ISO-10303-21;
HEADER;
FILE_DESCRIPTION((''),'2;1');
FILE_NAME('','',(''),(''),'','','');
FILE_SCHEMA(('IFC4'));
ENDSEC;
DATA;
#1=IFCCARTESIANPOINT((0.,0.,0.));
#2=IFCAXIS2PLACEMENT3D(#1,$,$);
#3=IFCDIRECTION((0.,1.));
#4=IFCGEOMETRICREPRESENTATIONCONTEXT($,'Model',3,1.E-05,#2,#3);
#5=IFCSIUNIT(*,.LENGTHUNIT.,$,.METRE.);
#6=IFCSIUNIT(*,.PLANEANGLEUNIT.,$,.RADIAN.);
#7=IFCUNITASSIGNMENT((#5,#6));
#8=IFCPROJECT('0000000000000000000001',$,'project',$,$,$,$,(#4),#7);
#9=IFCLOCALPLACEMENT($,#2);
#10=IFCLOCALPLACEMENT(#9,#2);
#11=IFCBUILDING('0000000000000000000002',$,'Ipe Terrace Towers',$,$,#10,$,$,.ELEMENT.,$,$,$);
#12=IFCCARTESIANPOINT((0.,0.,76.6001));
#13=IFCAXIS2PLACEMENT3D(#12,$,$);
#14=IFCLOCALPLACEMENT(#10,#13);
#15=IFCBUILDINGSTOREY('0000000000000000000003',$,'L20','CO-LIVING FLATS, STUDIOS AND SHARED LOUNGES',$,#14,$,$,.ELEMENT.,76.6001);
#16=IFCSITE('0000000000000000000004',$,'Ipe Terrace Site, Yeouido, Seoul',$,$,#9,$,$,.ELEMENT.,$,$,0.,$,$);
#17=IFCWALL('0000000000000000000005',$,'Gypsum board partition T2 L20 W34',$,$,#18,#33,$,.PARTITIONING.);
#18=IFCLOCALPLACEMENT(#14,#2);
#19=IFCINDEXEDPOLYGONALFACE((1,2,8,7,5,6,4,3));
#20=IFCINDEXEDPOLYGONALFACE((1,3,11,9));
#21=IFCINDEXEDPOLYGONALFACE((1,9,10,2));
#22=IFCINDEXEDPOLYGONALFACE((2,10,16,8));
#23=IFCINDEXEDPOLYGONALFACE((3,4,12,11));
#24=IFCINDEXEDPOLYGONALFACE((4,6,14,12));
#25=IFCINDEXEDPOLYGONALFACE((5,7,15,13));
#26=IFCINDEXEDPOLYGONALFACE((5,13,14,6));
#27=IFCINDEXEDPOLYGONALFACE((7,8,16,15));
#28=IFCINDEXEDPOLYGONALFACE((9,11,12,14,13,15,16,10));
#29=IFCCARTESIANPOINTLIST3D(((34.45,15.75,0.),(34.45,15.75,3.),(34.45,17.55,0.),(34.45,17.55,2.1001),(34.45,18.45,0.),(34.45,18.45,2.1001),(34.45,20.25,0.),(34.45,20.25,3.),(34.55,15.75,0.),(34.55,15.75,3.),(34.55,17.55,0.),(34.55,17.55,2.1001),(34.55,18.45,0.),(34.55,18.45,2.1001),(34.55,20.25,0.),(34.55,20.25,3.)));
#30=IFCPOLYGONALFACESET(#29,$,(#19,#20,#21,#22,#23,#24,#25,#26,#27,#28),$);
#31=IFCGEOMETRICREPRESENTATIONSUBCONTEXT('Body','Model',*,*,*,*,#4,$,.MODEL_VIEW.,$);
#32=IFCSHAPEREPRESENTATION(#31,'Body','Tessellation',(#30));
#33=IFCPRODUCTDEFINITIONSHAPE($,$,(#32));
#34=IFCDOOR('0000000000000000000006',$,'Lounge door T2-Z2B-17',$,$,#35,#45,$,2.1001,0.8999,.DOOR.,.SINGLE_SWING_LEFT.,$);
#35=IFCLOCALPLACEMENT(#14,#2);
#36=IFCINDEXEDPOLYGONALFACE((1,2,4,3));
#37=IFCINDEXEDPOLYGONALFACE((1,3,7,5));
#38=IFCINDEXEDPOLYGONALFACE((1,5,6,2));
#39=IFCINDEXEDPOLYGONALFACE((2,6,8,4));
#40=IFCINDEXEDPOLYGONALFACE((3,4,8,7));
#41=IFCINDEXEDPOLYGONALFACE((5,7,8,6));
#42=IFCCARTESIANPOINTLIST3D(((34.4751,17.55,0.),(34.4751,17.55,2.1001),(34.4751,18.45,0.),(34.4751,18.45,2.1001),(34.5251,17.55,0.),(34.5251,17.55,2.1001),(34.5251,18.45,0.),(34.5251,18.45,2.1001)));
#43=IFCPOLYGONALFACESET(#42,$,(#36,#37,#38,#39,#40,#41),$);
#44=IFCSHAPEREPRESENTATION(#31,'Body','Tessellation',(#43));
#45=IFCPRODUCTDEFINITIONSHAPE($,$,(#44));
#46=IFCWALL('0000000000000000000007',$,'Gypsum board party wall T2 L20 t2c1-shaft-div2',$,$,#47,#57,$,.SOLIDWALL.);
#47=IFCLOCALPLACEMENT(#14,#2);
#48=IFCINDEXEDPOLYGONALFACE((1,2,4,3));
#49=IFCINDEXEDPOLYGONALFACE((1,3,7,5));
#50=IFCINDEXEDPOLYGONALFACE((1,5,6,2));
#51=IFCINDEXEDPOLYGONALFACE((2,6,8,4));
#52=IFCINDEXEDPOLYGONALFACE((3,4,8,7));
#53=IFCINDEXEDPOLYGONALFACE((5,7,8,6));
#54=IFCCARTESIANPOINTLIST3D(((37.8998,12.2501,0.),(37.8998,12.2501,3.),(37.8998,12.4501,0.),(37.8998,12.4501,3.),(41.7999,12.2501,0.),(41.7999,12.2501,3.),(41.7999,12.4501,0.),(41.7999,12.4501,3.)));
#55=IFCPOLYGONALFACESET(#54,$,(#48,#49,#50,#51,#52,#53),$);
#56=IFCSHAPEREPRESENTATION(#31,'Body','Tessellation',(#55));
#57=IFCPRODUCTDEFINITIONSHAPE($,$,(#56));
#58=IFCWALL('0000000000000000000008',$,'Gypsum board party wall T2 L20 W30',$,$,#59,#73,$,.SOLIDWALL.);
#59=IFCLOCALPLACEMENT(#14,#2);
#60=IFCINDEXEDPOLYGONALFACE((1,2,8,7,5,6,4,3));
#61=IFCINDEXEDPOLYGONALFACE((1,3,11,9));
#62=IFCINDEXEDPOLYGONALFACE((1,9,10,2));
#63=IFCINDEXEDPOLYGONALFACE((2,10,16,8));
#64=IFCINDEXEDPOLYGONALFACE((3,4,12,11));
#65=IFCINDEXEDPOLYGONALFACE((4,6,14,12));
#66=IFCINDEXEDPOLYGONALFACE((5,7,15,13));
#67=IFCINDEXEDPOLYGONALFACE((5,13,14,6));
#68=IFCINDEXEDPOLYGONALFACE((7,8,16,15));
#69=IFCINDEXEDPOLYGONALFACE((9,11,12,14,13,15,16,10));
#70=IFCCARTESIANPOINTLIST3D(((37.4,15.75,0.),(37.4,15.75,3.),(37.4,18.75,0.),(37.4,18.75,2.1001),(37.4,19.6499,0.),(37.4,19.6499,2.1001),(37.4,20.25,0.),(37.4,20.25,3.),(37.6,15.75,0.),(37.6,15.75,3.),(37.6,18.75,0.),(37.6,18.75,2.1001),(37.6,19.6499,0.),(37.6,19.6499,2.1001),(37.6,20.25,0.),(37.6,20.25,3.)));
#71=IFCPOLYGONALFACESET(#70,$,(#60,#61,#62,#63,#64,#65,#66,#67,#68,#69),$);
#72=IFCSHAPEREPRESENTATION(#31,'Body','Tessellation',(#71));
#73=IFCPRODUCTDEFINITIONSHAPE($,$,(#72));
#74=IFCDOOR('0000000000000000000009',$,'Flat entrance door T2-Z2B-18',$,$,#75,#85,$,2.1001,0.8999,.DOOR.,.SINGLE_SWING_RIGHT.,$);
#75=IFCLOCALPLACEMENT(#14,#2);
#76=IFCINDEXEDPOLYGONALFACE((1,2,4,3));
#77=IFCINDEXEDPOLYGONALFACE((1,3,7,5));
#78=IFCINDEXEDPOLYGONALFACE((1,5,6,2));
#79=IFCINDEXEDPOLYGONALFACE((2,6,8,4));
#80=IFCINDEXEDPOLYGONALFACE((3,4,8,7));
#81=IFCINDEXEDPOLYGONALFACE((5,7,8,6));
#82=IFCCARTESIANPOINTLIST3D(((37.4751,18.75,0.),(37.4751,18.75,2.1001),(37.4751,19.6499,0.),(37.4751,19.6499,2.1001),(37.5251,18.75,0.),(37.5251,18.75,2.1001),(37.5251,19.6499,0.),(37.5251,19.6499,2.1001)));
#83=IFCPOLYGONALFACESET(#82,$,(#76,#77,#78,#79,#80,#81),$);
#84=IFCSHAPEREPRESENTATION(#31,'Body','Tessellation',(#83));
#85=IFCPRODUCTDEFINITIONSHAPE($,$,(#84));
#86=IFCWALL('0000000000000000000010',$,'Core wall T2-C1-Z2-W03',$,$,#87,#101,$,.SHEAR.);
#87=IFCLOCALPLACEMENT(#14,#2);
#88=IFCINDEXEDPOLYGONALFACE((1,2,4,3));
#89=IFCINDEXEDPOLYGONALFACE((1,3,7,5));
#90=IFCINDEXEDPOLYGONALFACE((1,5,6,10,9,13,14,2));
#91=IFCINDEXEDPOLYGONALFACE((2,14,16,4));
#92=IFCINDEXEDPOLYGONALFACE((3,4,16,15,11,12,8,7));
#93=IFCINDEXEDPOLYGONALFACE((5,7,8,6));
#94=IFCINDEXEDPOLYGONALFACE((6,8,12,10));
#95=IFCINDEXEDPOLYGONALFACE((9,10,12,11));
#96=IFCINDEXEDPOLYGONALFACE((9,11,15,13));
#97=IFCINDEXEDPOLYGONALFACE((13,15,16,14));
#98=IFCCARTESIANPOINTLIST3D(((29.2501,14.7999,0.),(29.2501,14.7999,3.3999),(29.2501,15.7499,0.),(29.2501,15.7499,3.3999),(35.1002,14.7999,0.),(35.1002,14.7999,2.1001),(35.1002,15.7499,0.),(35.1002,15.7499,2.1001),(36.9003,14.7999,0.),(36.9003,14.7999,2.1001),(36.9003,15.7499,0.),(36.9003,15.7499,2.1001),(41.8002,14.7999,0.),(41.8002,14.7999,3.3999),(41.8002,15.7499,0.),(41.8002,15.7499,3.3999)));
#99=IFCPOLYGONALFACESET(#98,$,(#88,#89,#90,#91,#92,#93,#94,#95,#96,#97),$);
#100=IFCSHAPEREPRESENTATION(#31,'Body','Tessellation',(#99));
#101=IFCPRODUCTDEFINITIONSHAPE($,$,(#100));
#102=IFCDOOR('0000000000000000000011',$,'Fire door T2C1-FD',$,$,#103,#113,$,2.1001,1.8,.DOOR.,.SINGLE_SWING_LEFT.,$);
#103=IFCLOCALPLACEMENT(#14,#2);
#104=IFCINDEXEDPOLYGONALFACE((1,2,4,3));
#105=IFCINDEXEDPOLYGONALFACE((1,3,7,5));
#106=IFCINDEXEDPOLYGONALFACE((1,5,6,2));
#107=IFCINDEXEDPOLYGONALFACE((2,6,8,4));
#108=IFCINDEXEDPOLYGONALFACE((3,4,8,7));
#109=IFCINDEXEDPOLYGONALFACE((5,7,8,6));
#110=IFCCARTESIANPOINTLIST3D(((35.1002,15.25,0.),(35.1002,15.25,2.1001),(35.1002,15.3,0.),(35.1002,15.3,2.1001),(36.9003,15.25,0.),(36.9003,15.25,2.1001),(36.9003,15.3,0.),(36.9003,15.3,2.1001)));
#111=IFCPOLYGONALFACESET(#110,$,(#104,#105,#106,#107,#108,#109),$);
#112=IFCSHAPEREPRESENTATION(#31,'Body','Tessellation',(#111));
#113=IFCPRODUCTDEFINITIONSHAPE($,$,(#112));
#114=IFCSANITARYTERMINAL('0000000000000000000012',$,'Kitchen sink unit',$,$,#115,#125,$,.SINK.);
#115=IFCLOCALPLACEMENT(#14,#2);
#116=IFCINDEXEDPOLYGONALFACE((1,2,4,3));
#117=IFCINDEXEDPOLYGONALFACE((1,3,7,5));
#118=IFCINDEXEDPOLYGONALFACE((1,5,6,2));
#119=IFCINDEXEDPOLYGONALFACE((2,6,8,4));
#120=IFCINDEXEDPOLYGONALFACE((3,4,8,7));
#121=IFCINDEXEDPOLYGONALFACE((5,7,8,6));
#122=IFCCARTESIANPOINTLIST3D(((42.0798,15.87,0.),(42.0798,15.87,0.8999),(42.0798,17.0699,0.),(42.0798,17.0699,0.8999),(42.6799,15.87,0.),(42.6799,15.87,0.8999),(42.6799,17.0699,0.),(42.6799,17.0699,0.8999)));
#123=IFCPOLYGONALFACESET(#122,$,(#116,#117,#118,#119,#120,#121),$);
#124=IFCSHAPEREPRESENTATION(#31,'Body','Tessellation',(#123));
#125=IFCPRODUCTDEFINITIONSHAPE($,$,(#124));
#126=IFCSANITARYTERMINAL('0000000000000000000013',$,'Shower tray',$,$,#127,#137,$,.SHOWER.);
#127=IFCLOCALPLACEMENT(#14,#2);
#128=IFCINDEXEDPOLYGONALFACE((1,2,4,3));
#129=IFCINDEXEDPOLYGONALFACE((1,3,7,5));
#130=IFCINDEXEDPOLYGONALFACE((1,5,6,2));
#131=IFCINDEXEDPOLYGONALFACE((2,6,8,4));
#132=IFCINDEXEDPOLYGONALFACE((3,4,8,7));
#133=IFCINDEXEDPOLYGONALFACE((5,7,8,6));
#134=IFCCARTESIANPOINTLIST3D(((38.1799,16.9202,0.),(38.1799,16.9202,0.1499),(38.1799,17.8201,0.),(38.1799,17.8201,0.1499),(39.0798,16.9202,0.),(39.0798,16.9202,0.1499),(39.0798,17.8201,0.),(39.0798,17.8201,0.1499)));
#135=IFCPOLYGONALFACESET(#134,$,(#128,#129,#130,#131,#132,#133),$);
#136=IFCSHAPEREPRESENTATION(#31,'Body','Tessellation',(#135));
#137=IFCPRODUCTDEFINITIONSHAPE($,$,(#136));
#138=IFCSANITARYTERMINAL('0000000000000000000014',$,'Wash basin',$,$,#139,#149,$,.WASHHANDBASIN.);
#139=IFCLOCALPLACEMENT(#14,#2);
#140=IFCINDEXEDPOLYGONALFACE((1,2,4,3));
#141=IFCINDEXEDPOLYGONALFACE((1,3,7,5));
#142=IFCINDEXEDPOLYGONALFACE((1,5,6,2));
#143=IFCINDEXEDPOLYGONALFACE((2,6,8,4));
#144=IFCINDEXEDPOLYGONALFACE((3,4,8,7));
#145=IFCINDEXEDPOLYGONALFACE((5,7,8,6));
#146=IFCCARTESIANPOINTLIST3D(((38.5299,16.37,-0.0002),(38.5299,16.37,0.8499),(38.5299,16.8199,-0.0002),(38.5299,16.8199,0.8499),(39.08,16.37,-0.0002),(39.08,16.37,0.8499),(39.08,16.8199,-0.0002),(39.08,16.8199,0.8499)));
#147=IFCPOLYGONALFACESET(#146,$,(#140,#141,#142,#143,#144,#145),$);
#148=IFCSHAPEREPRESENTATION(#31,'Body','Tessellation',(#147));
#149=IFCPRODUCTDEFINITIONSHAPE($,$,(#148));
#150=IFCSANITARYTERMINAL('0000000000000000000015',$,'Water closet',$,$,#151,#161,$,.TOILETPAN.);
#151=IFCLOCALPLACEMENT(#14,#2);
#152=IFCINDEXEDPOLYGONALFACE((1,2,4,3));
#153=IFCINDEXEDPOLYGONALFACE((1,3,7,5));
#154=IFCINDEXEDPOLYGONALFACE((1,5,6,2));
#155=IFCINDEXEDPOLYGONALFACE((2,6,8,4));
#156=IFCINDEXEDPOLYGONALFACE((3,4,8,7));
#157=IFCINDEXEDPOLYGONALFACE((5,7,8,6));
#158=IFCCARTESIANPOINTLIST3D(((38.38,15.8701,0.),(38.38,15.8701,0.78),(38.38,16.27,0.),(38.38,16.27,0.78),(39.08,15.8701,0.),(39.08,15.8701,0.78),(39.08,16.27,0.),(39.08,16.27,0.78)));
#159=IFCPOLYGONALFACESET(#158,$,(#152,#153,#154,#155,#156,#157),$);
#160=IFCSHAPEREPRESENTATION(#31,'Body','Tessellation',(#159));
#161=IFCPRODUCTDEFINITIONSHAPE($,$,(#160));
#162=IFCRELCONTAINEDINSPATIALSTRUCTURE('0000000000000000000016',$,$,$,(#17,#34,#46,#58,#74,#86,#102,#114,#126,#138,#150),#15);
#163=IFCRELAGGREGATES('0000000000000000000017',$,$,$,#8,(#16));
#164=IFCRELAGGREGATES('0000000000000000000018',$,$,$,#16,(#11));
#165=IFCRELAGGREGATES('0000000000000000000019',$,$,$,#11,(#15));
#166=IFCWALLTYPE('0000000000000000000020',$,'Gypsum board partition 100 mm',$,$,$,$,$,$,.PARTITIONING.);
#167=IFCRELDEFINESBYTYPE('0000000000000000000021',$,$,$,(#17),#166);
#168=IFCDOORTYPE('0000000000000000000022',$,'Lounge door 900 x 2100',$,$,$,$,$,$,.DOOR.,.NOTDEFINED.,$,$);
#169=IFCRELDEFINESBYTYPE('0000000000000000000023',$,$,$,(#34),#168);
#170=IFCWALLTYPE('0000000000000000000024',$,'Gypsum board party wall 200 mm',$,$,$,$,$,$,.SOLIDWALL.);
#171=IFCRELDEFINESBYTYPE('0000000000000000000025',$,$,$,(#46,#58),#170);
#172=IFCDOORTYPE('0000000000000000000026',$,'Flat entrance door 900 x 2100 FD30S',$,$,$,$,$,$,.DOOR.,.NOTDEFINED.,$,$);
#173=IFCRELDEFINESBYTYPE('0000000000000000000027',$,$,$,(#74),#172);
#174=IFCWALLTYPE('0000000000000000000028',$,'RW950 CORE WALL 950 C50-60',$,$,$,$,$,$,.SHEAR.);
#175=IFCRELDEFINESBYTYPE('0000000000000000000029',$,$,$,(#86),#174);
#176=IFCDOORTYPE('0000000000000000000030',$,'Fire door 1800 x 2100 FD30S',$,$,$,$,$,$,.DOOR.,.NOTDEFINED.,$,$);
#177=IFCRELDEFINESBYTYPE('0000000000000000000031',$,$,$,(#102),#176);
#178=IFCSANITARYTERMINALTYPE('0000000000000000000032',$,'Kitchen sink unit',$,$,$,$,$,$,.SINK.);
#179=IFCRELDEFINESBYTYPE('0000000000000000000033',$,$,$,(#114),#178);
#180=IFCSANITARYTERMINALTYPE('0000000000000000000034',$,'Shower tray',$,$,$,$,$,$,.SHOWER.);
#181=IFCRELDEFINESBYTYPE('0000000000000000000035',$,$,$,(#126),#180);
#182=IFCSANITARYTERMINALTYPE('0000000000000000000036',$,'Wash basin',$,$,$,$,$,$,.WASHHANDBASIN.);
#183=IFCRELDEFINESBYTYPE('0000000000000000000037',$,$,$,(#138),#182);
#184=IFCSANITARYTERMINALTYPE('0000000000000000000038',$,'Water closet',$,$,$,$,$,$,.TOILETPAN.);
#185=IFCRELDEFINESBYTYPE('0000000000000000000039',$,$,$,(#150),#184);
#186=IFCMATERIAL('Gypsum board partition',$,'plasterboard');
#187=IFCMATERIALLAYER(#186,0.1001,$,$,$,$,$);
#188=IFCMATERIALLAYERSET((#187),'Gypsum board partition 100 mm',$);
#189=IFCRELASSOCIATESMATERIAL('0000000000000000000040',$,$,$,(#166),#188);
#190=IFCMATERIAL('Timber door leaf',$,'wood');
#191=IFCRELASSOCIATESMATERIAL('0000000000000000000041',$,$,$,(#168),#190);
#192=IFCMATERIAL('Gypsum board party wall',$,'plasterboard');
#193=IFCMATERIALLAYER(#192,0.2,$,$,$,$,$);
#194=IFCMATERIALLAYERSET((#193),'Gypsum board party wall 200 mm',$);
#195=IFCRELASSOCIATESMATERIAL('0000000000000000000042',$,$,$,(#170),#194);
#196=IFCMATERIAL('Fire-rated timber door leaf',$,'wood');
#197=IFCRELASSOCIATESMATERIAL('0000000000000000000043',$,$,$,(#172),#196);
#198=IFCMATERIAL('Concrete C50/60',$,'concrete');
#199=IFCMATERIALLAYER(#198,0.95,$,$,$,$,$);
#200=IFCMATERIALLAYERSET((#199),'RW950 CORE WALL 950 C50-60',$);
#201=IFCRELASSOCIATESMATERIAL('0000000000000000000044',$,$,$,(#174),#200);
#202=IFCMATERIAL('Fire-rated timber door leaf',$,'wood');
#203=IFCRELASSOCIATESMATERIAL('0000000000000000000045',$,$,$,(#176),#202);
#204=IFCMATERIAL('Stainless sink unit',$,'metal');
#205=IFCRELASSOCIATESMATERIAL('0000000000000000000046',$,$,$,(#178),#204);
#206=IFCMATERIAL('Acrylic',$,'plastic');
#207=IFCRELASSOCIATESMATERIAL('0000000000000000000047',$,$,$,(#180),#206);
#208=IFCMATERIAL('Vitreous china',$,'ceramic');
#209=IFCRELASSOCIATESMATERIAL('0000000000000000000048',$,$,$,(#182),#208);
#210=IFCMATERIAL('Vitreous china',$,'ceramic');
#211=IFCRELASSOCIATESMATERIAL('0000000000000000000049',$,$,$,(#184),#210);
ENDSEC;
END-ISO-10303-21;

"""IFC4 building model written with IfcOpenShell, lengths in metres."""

from ifc_helpers import new_model, si_unit, direction, frame, frame_2d, origin, origin_2d, place, context, subcontext, project, spatial, rectangle, extrude, material, layer, layer_set, type_object, element, fill, save


model = new_model("IFC4")

# Units and contexts
model_context = context("Model", 3, precision=1e-05, world=origin(), true_north=direction((0.0, 1.0)))
body_context = subcontext(model_context, "Body", "Model", "MODEL_VIEW")
ifc_project = project(units=[si_unit("LENGTHUNIT", "METRE"), si_unit("PLANEANGLEUNIT", "RADIAN")], contexts=[model_context])

# Site, building, storey
site_placement = place(None, origin())
site = spatial("IfcSite", under=ifc_project, at=site_placement, Name="Ipe Terrace Site, Yeouido, Seoul", CompositionType="ELEMENT", RefElevation=0.0)
building_placement = place(site_placement, origin())
building = spatial("IfcBuilding", under=site, at=building_placement, Name="Ipe Terrace Towers", CompositionType="ELEMENT")
storey_placement = place(building_placement, frame((0.0, 0.0, 76.6001)))
storey = spatial("IfcBuildingStorey", under=building, at=storey_placement, Name="L20", Description="CO-LIVING FLATS, STUDIOS AND SHARED LOUNGES", CompositionType="ELEMENT", Elevation=76.6001)

# Wall, opening, door
ifc_material_1 = material(Name="Gypsum board partition", Category="plasterboard")
ifc_layer_1 = layer(ifc_material_1, 0.1001)
ifc_layer_set_1 = layer_set([ifc_layer_1], Name="Gypsum board partition 100 mm")
wall_type_1 = type_object("IfcWallType", Name="Gypsum board partition 100 mm", PredefinedType="PARTITIONING", material=ifc_layer_set_1)
wall_1_placement = place(storey_placement, frame((34.5, 15.75, 0.0), z_axis=(0.0, 0.0, 1.0), x_axis=(0.0, 1.0, 0.0)))
wall_1 = element("IfcWall", 1, at=wall_1_placement, inside=storey, type_object=wall_type_1, Name="Gypsum board partition T2 L20 W34", PredefinedType="PARTITIONING", context=body_context, shape_type="SweptSolid", body=[
    extrude(rectangle(XDim=4.5, YDim=0.1001, at=frame_2d((2.25, 0.0))), origin(), (0.0, 0.0, 1.0), 3.0),
])
opening_1_placement = place(wall_1_placement, frame((1.8, 0.0, 0.0)))
opening_1 = element("IfcOpeningElement", 2, at=opening_1_placement, cuts=wall_1, PredefinedType="OPENING", context=body_context, shape_type="SweptSolid", body=[
    extrude(rectangle(XDim=0.8999, YDim=2.1001, at=frame_2d((0.45, 1.05))), frame((0.0, 0.0601, 0.0), z_axis=(0.0, -1.0, 0.0), x_axis=(1.0, 0.0, 0.0)), (0.0, 0.0, 1.0), 0.1201),
])
ifc_material_2 = material(Name="Timber door leaf", Category="wood")
door_type_1 = type_object("IfcDoorType", Name="Lounge door 900 x 2100", OperationType="NOTDEFINED", PredefinedType="DOOR", material=ifc_material_2)
door_1_placement = place(opening_1_placement, origin())
door_1 = element("IfcDoor", 3, at=door_1_placement, inside=storey, type_object=door_type_1, Name="Lounge door T2-Z2B-17", OperationType="SINGLE_SWING_LEFT", OverallHeight=2.1001, OverallWidth=0.8999, PredefinedType="DOOR", context=body_context, shape_type="SweptSolid", body=[
    extrude(rectangle(XDim=0.8999, YDim=2.1001, at=frame_2d((0.45, 1.05))), frame((0.0, 0.0249, 0.0), z_axis=(0.0, -1.0, 0.0), x_axis=(1.0, 0.0, 0.0)), (0.0, 0.0, 1.0), 0.05),
])
fill(opening_1, door_1)

# Wall
ifc_material_3 = material(Name="Gypsum board party wall", Category="plasterboard")
ifc_layer_2 = layer(ifc_material_3, 0.2)
ifc_layer_set_2 = layer_set([ifc_layer_2], Name="Gypsum board party wall 200 mm")
wall_type_2 = type_object("IfcWallType", Name="Gypsum board party wall 200 mm", PredefinedType="SOLIDWALL", material=ifc_layer_set_2)
wall_2_placement = place(storey_placement, frame((41.8, 12.3501, 0.0), z_axis=(0.0, 0.0, 1.0), x_axis=(-1.0, 0.0, 0.0)))
element("IfcWall", 4, at=wall_2_placement, inside=storey, type_object=wall_type_2, Name="Gypsum board party wall T2 L20 t2c1-shaft-div2", PredefinedType="SOLIDWALL", context=body_context, shape_type="SweptSolid", body=[
    extrude(rectangle(XDim=3.9001, YDim=0.2, at=frame_2d((1.9502, 0.0))), origin(), (0.0, 0.0, 1.0), 3.0),
])

# Walls, openings, doors
wall_3_placement = place(storey_placement, frame((37.5, 15.75, 0.0), z_axis=(0.0, 0.0, 1.0), x_axis=(0.0, 1.0, 0.0)))
wall_3 = element("IfcWall", 5, at=wall_3_placement, inside=storey, type_object=wall_type_2, Name="Gypsum board party wall T2 L20 W30", PredefinedType="SOLIDWALL", context=body_context, shape_type="SweptSolid", body=[
    extrude(rectangle(XDim=4.5, YDim=0.2, at=frame_2d((2.25, 0.0))), origin(), (0.0, 0.0, 1.0), 3.0),
])
opening_2_placement = place(wall_3_placement, frame((3.0, 0.0, 0.0)))
opening_2 = element("IfcOpeningElement", 6, at=opening_2_placement, cuts=wall_3, PredefinedType="OPENING", context=body_context, shape_type="SweptSolid", body=[
    extrude(rectangle(XDim=0.8999, YDim=2.1001, at=frame_2d((0.45, 1.05))), frame((0.0, 0.1099, 0.0), z_axis=(0.0, -1.0, 0.0), x_axis=(1.0, 0.0, 0.0)), (0.0, 0.0, 1.0), 0.22),
])
ifc_material_4 = material(Name="Fire-rated timber door leaf", Category="wood")
door_type_2 = type_object("IfcDoorType", Name="Flat entrance door 900 x 2100 FD30S", OperationType="NOTDEFINED", PredefinedType="DOOR", material=ifc_material_4)
door_2_placement = place(opening_2_placement, origin())
door_2 = element("IfcDoor", 7, at=door_2_placement, inside=storey, type_object=door_type_2, Name="Flat entrance door T2-Z2B-18", OperationType="SINGLE_SWING_RIGHT", OverallHeight=2.1001, OverallWidth=0.8999, PredefinedType="DOOR", context=body_context, shape_type="SweptSolid", body=[
    extrude(rectangle(XDim=0.8999, YDim=2.1001, at=frame_2d((0.45, 1.05))), frame((0.0, 0.0249, 0.0), z_axis=(0.0, -1.0, 0.0), x_axis=(1.0, 0.0, 0.0)), (0.0, 0.0, 1.0), 0.05),
])
fill(opening_2, door_2)
ifc_material_5 = material(Name="Concrete C50/60", Category="concrete")
ifc_layer_3 = layer(ifc_material_5, 0.95)
ifc_layer_set_3 = layer_set([ifc_layer_3], Name="RW950 CORE WALL 950 C50-60")
wall_type_3 = type_object("IfcWallType", Name="RW950 CORE WALL 950 C50-60", PredefinedType="SHEAR", material=ifc_layer_set_3)
wall_4_placement = place(storey_placement, frame((41.8, 15.2749, 0.0), z_axis=(0.0, 0.0, 1.0), x_axis=(-1.0, 0.0, 0.0)))
wall_4 = element("IfcWall", 8, at=wall_4_placement, inside=storey, type_object=wall_type_3, Name="Core wall T2-C1-Z2-W03", PredefinedType="SHEAR", context=body_context, shape_type="SweptSolid", body=[
    extrude(rectangle(XDim=12.55, YDim=0.95, at=frame_2d((6.2749, 0.0))), origin(), (0.0, 0.0, 1.0), 3.3999),
])
opening_3_placement = place(wall_4_placement, frame((4.8999, 0.0, 0.0)))
opening_3 = element("IfcOpeningElement", 9, at=opening_3_placement, cuts=wall_4, PredefinedType="OPENING", context=body_context, shape_type="SweptSolid", body=[
    extrude(rectangle(XDim=1.8, YDim=2.1001, at=frame_2d((0.8999, 1.05))), frame((0.0, 0.4849, 0.0), z_axis=(0.0, -1.0, 0.0), x_axis=(1.0, 0.0, 0.0)), (0.0, 0.0, 1.0), 0.97),
])
ifc_material_6 = material(Name="Fire-rated timber door leaf", Category="wood")
door_type_3 = type_object("IfcDoorType", Name="Fire door 1800 x 2100 FD30S", OperationType="NOTDEFINED", PredefinedType="DOOR", material=ifc_material_6)
door_3_placement = place(opening_3_placement, origin())
door_3 = element("IfcDoor", 10, at=door_3_placement, inside=storey, type_object=door_type_3, Name="Fire door T2C1-FD", OperationType="SINGLE_SWING_LEFT", OverallHeight=2.1001, OverallWidth=1.8, PredefinedType="DOOR", context=body_context, shape_type="SweptSolid", body=[
    extrude(rectangle(XDim=1.8, YDim=2.1001, at=frame_2d((0.8999, 1.05))), frame((0.0, 0.0249, 0.0), z_axis=(0.0, -1.0, 0.0), x_axis=(1.0, 0.0, 0.0)), (0.0, 0.0, 1.0), 0.05),
])
fill(opening_3, door_3)

# Sanitary terminals
ifc_material_7 = material(Name="Stainless sink unit", Category="metal")
sanitary_terminal_type_1 = type_object("IfcSanitaryTerminalType", Name="Kitchen sink unit", PredefinedType="SINK", material=ifc_material_7)
sanitary_terminal_1_placement = place(storey_placement, frame((42.3799, 16.47, 0.0), z_axis=(0.0, 0.0, 1.0), x_axis=(0.0, -1.0, 0.0)))
element("IfcSanitaryTerminal", 11, at=sanitary_terminal_1_placement, inside=storey, type_object=sanitary_terminal_type_1, Name="Kitchen sink unit", PredefinedType="SINK", context=body_context, shape_type="SweptSolid", body=[
    extrude(rectangle(XDim=1.2, YDim=0.6001, at=origin_2d()), origin(), (0.0, 0.0, 1.0), 0.8999),
])
ifc_material_8 = material(Name="Acrylic", Category="plastic")
sanitary_terminal_type_2 = type_object("IfcSanitaryTerminalType", Name="Shower tray", PredefinedType="SHOWER", material=ifc_material_8)
sanitary_terminal_2_placement = place(storey_placement, frame((38.6299, 17.3701, 0.0), z_axis=(0.0, 0.0, 1.0), x_axis=(-1.0, 0.0, 0.0)))
element("IfcSanitaryTerminal", 12, at=sanitary_terminal_2_placement, inside=storey, type_object=sanitary_terminal_type_2, Name="Shower tray", PredefinedType="SHOWER", context=body_context, shape_type="SweptSolid", body=[
    extrude(rectangle(XDim=0.8999, YDim=0.8999, at=origin_2d()), origin(), (0.0, 0.0, 1.0), 0.1499),
])
ifc_material_9 = material(Name="Vitreous china", Category="ceramic")
sanitary_terminal_type_3 = type_object("IfcSanitaryTerminalType", Name="Wash basin", PredefinedType="WASHHANDBASIN", material=ifc_material_9)
sanitary_terminal_3_placement = place(storey_placement, frame((38.8049, 16.595, -0.0002), z_axis=(0.0, 0.0, 1.0), x_axis=(-1.0, 0.0, 0.0)))
element("IfcSanitaryTerminal", 13, at=sanitary_terminal_3_placement, inside=storey, type_object=sanitary_terminal_type_3, Name="Wash basin", PredefinedType="WASHHANDBASIN", context=body_context, shape_type="SweptSolid", body=[
    extrude(rectangle(XDim=0.55, YDim=0.45, at=origin_2d()), origin(), (0.0, 0.0, 1.0), 0.8501),
])
ifc_material_10 = material(Name="Vitreous china", Category="ceramic")
sanitary_terminal_type_4 = type_object("IfcSanitaryTerminalType", Name="Water closet", PredefinedType="TOILETPAN", material=ifc_material_10)
sanitary_terminal_4_placement = place(storey_placement, frame((38.73, 16.0701, 0.0), z_axis=(0.0, 0.0, 1.0), x_axis=(-1.0, 0.0, 0.0)))
element("IfcSanitaryTerminal", 14, at=sanitary_terminal_4_placement, inside=storey, type_object=sanitary_terminal_type_4, Name="Water closet", PredefinedType="TOILETPAN", context=body_context, shape_type="SweptSolid", body=[
    extrude(rectangle(XDim=0.7, YDim=0.3999, at=origin_2d()), origin(), (0.0, 0.0, 1.0), 0.78),
])

save(model, "model.ifc")
